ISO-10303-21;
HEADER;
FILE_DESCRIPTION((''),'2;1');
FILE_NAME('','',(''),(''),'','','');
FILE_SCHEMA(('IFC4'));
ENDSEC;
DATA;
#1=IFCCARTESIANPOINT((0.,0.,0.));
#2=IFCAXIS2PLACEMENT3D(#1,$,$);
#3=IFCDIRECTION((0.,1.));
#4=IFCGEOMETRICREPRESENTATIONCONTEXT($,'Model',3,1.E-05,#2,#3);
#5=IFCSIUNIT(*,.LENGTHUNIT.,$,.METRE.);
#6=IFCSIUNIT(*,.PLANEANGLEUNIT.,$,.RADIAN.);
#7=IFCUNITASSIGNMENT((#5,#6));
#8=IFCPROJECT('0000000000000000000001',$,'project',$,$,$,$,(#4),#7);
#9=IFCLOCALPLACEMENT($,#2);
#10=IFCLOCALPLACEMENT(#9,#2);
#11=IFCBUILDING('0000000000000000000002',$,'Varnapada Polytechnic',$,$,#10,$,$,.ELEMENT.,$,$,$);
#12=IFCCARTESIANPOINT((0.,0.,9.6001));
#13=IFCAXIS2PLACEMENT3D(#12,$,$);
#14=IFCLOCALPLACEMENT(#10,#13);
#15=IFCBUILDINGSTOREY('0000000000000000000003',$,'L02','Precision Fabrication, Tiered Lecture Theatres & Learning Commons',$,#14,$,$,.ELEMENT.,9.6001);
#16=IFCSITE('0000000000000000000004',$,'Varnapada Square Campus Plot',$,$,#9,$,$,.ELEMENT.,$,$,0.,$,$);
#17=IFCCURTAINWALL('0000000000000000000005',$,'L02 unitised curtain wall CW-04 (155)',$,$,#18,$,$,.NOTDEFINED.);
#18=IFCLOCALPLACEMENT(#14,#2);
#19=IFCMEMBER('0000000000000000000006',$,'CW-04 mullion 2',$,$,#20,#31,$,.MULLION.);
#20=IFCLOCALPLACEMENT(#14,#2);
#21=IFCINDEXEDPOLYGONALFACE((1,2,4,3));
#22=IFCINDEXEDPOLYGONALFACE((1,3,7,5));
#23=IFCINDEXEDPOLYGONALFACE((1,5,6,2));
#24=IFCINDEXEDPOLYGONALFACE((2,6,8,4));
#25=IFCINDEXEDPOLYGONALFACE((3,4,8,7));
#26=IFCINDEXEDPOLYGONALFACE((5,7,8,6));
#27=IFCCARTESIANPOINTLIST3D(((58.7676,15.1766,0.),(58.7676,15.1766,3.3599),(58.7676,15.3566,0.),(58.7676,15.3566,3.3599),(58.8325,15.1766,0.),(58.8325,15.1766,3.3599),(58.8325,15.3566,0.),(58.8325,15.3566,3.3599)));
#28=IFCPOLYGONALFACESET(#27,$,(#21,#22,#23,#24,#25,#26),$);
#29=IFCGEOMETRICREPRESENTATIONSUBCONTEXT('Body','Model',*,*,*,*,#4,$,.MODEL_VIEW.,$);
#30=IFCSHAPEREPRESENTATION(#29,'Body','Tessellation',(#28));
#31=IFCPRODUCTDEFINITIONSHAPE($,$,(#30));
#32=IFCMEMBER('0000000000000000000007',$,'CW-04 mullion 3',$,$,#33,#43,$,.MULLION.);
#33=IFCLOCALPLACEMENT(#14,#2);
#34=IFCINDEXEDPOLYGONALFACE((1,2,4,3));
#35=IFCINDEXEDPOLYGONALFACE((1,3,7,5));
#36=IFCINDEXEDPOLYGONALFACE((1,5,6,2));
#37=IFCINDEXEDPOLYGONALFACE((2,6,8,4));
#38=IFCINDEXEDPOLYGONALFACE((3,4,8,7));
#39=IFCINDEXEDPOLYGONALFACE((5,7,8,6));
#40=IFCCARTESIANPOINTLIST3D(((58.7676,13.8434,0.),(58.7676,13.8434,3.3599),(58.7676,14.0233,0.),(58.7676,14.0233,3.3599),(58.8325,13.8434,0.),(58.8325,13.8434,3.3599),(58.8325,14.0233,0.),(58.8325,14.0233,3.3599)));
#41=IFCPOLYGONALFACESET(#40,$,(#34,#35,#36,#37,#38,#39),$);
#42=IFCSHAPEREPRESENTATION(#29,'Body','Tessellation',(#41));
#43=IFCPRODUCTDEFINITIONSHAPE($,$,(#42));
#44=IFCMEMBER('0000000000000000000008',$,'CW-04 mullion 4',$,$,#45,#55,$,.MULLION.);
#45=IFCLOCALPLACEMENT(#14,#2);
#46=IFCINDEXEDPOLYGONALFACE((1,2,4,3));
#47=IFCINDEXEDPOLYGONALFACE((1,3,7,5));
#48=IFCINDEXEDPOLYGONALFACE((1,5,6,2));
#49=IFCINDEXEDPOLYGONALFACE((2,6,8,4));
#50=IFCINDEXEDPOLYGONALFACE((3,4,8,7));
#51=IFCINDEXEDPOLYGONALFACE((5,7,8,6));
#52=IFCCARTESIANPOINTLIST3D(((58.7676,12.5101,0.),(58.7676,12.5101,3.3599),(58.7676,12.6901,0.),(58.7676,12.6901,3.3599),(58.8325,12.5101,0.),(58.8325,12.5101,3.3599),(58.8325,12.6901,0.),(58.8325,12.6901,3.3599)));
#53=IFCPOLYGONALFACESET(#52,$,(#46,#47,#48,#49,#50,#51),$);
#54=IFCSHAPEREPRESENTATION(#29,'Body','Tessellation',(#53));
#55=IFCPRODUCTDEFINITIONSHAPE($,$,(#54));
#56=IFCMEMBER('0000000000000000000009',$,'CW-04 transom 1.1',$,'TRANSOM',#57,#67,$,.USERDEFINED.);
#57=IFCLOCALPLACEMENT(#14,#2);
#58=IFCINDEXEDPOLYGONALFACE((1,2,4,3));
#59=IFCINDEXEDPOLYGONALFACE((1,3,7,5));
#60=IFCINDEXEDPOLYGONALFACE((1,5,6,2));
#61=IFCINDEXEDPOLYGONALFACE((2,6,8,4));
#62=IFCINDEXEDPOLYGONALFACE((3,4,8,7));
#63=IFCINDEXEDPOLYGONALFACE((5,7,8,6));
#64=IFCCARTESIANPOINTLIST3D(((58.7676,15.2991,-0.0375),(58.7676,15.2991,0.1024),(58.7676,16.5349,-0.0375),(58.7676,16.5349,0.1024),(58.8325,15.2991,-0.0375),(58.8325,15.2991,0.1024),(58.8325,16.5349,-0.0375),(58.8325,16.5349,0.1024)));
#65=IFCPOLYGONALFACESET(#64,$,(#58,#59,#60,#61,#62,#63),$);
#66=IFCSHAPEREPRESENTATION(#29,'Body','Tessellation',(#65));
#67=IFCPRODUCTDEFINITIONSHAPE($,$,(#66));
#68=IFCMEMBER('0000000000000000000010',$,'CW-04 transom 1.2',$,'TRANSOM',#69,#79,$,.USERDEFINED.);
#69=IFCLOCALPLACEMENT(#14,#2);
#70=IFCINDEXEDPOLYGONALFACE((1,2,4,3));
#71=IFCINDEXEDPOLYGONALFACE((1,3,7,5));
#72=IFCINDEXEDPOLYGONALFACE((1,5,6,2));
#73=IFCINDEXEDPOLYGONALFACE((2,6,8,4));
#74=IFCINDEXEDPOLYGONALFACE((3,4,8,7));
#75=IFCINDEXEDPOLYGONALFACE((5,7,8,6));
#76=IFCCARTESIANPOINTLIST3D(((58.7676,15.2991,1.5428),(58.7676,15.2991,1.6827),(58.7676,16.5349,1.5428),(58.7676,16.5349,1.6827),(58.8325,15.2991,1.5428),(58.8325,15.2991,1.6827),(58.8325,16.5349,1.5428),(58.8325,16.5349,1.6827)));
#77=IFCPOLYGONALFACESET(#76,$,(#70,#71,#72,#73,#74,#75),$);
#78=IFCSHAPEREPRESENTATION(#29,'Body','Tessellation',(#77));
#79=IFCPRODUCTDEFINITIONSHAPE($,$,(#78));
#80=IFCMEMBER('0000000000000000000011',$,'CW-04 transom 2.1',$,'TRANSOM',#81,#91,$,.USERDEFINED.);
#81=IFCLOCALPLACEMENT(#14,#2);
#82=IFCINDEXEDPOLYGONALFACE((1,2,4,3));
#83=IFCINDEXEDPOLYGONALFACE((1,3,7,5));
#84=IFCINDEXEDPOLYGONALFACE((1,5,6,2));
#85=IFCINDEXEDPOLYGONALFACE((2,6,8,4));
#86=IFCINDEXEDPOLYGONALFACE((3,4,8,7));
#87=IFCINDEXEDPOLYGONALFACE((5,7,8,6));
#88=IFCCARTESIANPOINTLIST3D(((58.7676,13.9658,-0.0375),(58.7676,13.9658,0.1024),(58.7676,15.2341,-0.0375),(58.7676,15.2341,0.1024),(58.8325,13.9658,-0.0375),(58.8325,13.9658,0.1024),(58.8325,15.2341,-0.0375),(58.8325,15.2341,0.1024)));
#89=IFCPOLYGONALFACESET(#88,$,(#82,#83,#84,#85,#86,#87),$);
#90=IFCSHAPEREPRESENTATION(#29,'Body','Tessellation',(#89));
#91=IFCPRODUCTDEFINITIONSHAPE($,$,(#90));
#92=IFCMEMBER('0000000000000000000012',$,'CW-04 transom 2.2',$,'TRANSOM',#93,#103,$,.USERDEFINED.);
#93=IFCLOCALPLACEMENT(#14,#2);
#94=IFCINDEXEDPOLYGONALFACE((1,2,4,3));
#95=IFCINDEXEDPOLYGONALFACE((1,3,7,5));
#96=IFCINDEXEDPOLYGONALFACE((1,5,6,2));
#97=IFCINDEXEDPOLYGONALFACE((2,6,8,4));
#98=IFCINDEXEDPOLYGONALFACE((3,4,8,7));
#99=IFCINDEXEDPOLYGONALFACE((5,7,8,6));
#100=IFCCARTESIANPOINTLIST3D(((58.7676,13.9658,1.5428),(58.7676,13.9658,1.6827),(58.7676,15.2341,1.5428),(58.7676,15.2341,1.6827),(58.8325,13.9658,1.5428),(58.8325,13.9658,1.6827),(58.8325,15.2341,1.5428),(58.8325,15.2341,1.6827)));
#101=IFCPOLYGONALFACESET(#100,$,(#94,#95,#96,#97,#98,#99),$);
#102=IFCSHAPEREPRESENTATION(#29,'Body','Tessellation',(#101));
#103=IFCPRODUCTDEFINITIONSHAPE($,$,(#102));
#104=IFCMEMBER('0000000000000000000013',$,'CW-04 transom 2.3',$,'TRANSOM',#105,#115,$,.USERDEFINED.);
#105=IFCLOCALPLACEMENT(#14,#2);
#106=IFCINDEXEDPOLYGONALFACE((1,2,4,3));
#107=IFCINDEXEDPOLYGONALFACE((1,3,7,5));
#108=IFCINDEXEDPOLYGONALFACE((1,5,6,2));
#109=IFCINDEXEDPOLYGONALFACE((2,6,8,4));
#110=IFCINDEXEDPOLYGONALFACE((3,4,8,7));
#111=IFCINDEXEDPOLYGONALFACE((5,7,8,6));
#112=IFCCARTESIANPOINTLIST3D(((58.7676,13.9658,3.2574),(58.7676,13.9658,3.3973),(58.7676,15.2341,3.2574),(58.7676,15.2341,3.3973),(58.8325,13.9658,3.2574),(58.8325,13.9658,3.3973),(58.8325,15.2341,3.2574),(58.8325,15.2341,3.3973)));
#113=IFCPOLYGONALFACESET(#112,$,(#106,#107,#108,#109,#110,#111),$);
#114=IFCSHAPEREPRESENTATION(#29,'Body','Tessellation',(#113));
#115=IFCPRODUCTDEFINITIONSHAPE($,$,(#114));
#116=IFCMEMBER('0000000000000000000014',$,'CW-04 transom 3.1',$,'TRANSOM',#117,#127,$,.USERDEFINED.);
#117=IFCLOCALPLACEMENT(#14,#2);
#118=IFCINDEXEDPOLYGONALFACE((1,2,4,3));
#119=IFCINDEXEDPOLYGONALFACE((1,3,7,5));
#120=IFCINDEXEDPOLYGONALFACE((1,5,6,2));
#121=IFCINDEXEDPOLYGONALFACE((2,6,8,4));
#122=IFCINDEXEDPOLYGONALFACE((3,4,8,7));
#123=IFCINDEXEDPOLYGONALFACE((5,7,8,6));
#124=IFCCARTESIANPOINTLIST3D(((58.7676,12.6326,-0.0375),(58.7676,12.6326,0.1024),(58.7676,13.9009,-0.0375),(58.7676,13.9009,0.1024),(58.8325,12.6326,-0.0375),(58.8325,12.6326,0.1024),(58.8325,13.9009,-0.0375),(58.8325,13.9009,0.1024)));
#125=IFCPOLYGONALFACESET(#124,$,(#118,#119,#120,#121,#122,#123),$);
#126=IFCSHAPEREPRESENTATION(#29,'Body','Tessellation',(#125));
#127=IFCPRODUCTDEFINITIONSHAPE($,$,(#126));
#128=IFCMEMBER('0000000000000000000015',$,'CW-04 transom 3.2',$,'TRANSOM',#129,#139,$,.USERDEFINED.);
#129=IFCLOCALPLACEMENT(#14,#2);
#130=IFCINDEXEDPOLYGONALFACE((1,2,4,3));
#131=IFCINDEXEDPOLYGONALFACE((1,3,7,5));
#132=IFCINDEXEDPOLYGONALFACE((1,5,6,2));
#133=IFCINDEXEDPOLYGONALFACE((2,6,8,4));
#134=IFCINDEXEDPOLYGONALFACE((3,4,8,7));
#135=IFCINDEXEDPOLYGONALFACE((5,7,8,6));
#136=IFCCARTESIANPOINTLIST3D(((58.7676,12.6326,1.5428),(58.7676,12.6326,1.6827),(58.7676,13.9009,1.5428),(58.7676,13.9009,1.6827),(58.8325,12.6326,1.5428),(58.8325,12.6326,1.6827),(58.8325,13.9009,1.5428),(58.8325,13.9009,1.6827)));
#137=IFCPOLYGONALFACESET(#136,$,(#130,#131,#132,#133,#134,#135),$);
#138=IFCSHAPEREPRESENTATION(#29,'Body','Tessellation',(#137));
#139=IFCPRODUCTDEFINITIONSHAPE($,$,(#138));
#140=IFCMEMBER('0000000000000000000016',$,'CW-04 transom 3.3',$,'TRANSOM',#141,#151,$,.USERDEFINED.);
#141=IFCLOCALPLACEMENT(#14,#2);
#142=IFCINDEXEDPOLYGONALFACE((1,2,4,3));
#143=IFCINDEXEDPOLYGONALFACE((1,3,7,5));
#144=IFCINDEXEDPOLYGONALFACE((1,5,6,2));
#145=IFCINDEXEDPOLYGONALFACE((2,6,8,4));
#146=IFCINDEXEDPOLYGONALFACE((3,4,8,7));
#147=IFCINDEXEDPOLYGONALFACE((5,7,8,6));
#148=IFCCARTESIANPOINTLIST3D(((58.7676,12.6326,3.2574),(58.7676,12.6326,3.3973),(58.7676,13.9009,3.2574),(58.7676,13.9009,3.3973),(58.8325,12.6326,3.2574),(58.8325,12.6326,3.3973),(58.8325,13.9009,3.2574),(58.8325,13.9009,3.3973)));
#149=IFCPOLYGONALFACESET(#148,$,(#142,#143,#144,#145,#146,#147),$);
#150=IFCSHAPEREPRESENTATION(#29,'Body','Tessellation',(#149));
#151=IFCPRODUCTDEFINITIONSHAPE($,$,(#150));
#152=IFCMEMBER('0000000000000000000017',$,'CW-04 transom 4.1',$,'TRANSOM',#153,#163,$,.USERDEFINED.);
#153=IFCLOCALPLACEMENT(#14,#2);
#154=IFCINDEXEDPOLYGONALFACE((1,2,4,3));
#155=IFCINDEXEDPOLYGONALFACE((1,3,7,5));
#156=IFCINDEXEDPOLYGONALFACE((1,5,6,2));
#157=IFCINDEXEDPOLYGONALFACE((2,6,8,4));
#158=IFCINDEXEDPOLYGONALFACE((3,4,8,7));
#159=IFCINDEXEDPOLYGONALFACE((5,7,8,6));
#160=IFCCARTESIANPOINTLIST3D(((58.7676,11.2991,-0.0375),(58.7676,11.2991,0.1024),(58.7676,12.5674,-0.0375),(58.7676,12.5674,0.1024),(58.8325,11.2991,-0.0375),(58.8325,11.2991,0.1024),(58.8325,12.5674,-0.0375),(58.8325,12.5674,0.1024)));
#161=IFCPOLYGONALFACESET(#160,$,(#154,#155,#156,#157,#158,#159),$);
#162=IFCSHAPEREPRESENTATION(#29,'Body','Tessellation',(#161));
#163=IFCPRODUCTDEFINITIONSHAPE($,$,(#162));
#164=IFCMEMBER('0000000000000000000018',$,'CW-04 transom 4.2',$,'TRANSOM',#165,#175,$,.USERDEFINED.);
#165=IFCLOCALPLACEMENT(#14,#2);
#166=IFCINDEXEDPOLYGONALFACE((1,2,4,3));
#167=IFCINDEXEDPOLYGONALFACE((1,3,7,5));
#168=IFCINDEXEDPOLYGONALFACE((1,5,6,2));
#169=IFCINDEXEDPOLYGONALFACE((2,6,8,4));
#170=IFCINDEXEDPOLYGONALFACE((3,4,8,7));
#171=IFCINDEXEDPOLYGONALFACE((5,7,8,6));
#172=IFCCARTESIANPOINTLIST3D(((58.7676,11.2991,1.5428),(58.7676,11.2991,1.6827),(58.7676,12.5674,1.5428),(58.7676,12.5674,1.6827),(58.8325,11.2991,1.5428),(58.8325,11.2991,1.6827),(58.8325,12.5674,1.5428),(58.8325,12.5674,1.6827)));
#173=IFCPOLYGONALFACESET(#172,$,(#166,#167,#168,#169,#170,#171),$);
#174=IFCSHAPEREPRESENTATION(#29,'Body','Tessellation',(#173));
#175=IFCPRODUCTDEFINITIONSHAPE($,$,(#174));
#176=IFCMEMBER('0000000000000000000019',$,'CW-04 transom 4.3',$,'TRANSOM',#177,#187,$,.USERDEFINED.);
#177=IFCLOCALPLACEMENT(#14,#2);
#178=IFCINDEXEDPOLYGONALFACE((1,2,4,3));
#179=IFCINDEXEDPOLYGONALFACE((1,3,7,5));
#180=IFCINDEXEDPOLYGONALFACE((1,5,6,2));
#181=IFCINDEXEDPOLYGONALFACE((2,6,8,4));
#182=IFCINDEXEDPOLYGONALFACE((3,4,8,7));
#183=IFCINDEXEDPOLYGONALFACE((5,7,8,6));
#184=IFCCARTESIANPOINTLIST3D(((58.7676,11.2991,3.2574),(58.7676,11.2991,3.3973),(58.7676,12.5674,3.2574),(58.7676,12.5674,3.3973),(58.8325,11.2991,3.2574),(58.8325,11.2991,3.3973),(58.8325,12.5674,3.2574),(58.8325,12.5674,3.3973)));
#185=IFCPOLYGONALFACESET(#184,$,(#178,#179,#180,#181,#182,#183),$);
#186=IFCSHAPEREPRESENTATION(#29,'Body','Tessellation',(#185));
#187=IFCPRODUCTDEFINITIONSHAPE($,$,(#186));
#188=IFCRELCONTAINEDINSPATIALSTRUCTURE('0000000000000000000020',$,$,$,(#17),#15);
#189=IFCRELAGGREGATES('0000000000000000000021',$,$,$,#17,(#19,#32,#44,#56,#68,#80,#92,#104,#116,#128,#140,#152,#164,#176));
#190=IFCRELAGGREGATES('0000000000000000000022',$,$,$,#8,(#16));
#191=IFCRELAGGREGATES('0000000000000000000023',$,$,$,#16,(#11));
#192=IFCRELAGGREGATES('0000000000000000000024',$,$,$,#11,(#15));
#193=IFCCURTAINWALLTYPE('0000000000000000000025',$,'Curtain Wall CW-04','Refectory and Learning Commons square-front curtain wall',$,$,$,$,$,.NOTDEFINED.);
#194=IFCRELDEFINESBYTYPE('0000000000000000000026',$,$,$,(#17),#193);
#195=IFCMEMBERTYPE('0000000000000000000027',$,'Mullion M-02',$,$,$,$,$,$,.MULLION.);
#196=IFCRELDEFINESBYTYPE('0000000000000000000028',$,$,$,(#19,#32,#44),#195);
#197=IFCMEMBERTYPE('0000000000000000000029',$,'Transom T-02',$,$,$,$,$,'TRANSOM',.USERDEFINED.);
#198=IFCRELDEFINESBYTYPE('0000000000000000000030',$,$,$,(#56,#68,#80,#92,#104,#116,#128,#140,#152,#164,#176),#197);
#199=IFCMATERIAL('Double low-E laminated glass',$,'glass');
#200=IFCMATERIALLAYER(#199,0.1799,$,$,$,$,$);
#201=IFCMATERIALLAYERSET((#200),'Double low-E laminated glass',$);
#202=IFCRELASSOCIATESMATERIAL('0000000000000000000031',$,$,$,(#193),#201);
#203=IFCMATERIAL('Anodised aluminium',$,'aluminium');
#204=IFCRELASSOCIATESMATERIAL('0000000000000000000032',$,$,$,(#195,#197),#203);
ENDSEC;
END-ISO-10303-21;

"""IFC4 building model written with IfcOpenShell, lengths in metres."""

from ifc_helpers import new_model, si_unit, direction, frame, origin, origin_2d, place, context, subcontext, project, spatial, rectangle, extrude, material, layer, layer_set, material_profile, profile_set, type_object, element, aggregate, save


model = new_model("IFC4")

# Units and contexts
model_context = context("Model", 3, precision=1e-05, world=origin(), true_north=direction((0.0, 1.0)))
body_context = subcontext(model_context, "Body", "Model", "MODEL_VIEW")
ifc_project = project(units=[si_unit("LENGTHUNIT", "METRE"), si_unit("PLANEANGLEUNIT", "RADIAN")], contexts=[model_context])

# Site, building, storey
site_placement = place(None, origin())
site = spatial("IfcSite", under=ifc_project, at=site_placement, Name="Varnapada Square Campus Plot", CompositionType="ELEMENT", RefElevation=0.0)
building_placement = place(site_placement, origin())
building = spatial("IfcBuilding", under=site, at=building_placement, Name="Varnapada Polytechnic", CompositionType="ELEMENT")
storey_placement = place(building_placement, frame((0.0, 0.0, 9.6001)))
storey = spatial("IfcBuildingStorey", under=building, at=storey_placement, Name="L02", Description="Precision Fabrication, Tiered Lecture Theatres & Learning Commons", CompositionType="ELEMENT", Elevation=9.6001)

# Curtain wall, members
ifc_material_1 = material(Name="Double low-E laminated glass", Category="glass")
ifc_layer_1 = layer(ifc_material_1, 0.1799)
ifc_layer_set_1 = layer_set([ifc_layer_1], Name="Double low-E laminated glass")
curtain_wall_type = type_object("IfcCurtainWallType", Name="Curtain Wall CW-04", Description="Refectory and Learning Commons square-front curtain wall", PredefinedType="NOTDEFINED", material=ifc_layer_set_1)
curtain_wall_placement = place(storey_placement, origin())
curtain_wall = element("IfcCurtainWall", 1, at=curtain_wall_placement, inside=storey, type_object=curtain_wall_type, Name="L02 unitised curtain wall CW-04 (155)", PredefinedType="NOTDEFINED")
ifc_material_2 = material(Name="Anodised aluminium", Category="aluminium")
ifc_material_profile_1 = material_profile(ifc_material_2, rectangle(XDim=0.0649, YDim=0.1799, at=origin_2d()), Name="ALU M65x180")
ifc_profile_set_1 = profile_set([ifc_material_profile_1], Name="Anodised aluminium")
member_type_1 = type_object("IfcMemberType", Name="Mullion M-02", PredefinedType="MULLION", material=ifc_profile_set_1)
member_1_placement = place(storey_placement, frame((58.8, 15.2666, 0.0), z_axis=(0.0, 0.0, 1.0), x_axis=(1.0, 0.0, 0.0)))
member_1 = element("IfcMember", 2, at=member_1_placement, type_object=member_type_1, Name="CW-04 mullion 2", PredefinedType="MULLION", context=body_context, shape_type="SweptSolid", body=[
    extrude(rectangle(XDim=0.0649, YDim=0.1799, at=origin_2d()), origin(), (0.0, 0.0, 1.0), 3.3599),
])
member_2_placement = place(storey_placement, frame((58.8, 13.9333, 0.0), z_axis=(0.0, 0.0, 1.0), x_axis=(1.0, 0.0, 0.0)))
member_2 = element("IfcMember", 3, at=member_2_placement, type_object=member_type_1, Name="CW-04 mullion 3", PredefinedType="MULLION", context=body_context, shape_type="SweptSolid", body=[
    extrude(rectangle(XDim=0.0649, YDim=0.1799, at=origin_2d()), origin(), (0.0, 0.0, 1.0), 3.3599),
])
member_3_placement = place(storey_placement, frame((58.8, 12.6001, 0.0), z_axis=(0.0, 0.0, 1.0), x_axis=(1.0, 0.0, 0.0)))
member_3 = element("IfcMember", 4, at=member_3_placement, type_object=member_type_1, Name="CW-04 mullion 4", PredefinedType="MULLION", context=body_context, shape_type="SweptSolid", body=[
    extrude(rectangle(XDim=0.0649, YDim=0.1799, at=origin_2d()), origin(), (0.0, 0.0, 1.0), 3.3599),
])
ifc_material_profile_2 = material_profile(ifc_material_2, rectangle(XDim=0.0649, YDim=0.1399, at=origin_2d()), Name="ALU T65x140")
ifc_profile_set_2 = profile_set([ifc_material_profile_2], Name="Anodised aluminium")
member_type_2 = type_object("IfcMemberType", Name="Transom T-02", ElementType="TRANSOM", PredefinedType="USERDEFINED", material=ifc_profile_set_2)
member_4_placement = place(storey_placement, frame((58.8, 16.5349, 0.0325), z_axis=(0.0, -1.0, 0.0), x_axis=(1.0, 0.0, 0.0)))
member_4 = element("IfcMember", 5, at=member_4_placement, type_object=member_type_2, Name="CW-04 transom 1.1", ObjectType="TRANSOM", PredefinedType="USERDEFINED", context=body_context, shape_type="SweptSolid", body=[
    extrude(rectangle(XDim=0.0649, YDim=0.1399, at=origin_2d()), origin(), (0.0, 0.0, 1.0), 1.2358),
])
member_5_placement = place(storey_placement, frame((58.8, 16.5349, 1.6128), z_axis=(0.0, -1.0, 0.0), x_axis=(1.0, 0.0, 0.0)))
member_5 = element("IfcMember", 6, at=member_5_placement, type_object=member_type_2, Name="CW-04 transom 1.2", ObjectType="TRANSOM", PredefinedType="USERDEFINED", context=body_context, shape_type="SweptSolid", body=[
    extrude(rectangle(XDim=0.0649, YDim=0.1399, at=origin_2d()), origin(), (0.0, 0.0, 1.0), 1.2358),
])
member_6_placement = place(storey_placement, frame((58.8, 15.2341, 0.0325), z_axis=(0.0, -1.0, 0.0), x_axis=(1.0, 0.0, 0.0)))
member_6 = element("IfcMember", 7, at=member_6_placement, type_object=member_type_2, Name="CW-04 transom 2.1", ObjectType="TRANSOM", PredefinedType="USERDEFINED", context=body_context, shape_type="SweptSolid", body=[
    extrude(rectangle(XDim=0.0649, YDim=0.1399, at=origin_2d()), origin(), (0.0, 0.0, 1.0), 1.2683),
])
member_7_placement = place(storey_placement, frame((58.8, 15.2341, 1.6128), z_axis=(0.0, -1.0, 0.0), x_axis=(1.0, 0.0, 0.0)))
member_7 = element("IfcMember", 8, at=member_7_placement, type_object=member_type_2, Name="CW-04 transom 2.2", ObjectType="TRANSOM", PredefinedType="USERDEFINED", context=body_context, shape_type="SweptSolid", body=[
    extrude(rectangle(XDim=0.0649, YDim=0.1399, at=origin_2d()), origin(), (0.0, 0.0, 1.0), 1.2683),
])
member_8_placement = place(storey_placement, frame((58.8, 15.2341, 3.3274), z_axis=(0.0, -1.0, 0.0), x_axis=(1.0, 0.0, 0.0)))
member_8 = element("IfcMember", 9, at=member_8_placement, type_object=member_type_2, Name="CW-04 transom 2.3", ObjectType="TRANSOM", PredefinedType="USERDEFINED", context=body_context, shape_type="SweptSolid", body=[
    extrude(rectangle(XDim=0.0649, YDim=0.1399, at=origin_2d()), origin(), (0.0, 0.0, 1.0), 1.2683),
])
member_9_placement = place(storey_placement, frame((58.8, 13.9009, 0.0325), z_axis=(0.0, -1.0, 0.0), x_axis=(1.0, 0.0, 0.0)))
member_9 = element("IfcMember", 10, at=member_9_placement, type_object=member_type_2, Name="CW-04 transom 3.1", ObjectType="TRANSOM", PredefinedType="USERDEFINED", context=body_context, shape_type="SweptSolid", body=[
    extrude(rectangle(XDim=0.0649, YDim=0.1399, at=origin_2d()), origin(), (0.0, 0.0, 1.0), 1.2683),
])
member_10_placement = place(storey_placement, frame((58.8, 13.9009, 1.6128), z_axis=(0.0, -1.0, 0.0), x_axis=(1.0, 0.0, 0.0)))
member_10 = element("IfcMember", 11, at=member_10_placement, type_object=member_type_2, Name="CW-04 transom 3.2", ObjectType="TRANSOM", PredefinedType="USERDEFINED", context=body_context, shape_type="SweptSolid", body=[
    extrude(rectangle(XDim=0.0649, YDim=0.1399, at=origin_2d()), origin(), (0.0, 0.0, 1.0), 1.2683),
])
member_11_placement = place(storey_placement, frame((58.8, 13.9009, 3.3274), z_axis=(0.0, -1.0, 0.0), x_axis=(1.0, 0.0, 0.0)))
member_11 = element("IfcMember", 12, at=member_11_placement, type_object=member_type_2, Name="CW-04 transom 3.3", ObjectType="TRANSOM", PredefinedType="USERDEFINED", context=body_context, shape_type="SweptSolid", body=[
    extrude(rectangle(XDim=0.0649, YDim=0.1399, at=origin_2d()), origin(), (0.0, 0.0, 1.0), 1.2683),
])
member_12_placement = place(storey_placement, frame((58.8, 12.5674, 0.0325), z_axis=(0.0, -1.0, 0.0), x_axis=(1.0, 0.0, 0.0)))
member_12 = element("IfcMember", 13, at=member_12_placement, type_object=member_type_2, Name="CW-04 transom 4.1", ObjectType="TRANSOM", PredefinedType="USERDEFINED", context=body_context, shape_type="SweptSolid", body=[
    extrude(rectangle(XDim=0.0649, YDim=0.1399, at=origin_2d()), origin(), (0.0, 0.0, 1.0), 1.2683),
])
member_13_placement = place(storey_placement, frame((58.8, 12.5674, 1.6128), z_axis=(0.0, -1.0, 0.0), x_axis=(1.0, 0.0, 0.0)))
member_13 = element("IfcMember", 14, at=member_13_placement, type_object=member_type_2, Name="CW-04 transom 4.2", ObjectType="TRANSOM", PredefinedType="USERDEFINED", context=body_context, shape_type="SweptSolid", body=[
    extrude(rectangle(XDim=0.0649, YDim=0.1399, at=origin_2d()), origin(), (0.0, 0.0, 1.0), 1.2683),
])
member_14_placement = place(storey_placement, frame((58.8, 12.5674, 3.3274), z_axis=(0.0, -1.0, 0.0), x_axis=(1.0, 0.0, 0.0)))
member_14 = element("IfcMember", 15, at=member_14_placement, type_object=member_type_2, Name="CW-04 transom 4.3", ObjectType="TRANSOM", PredefinedType="USERDEFINED", context=body_context, shape_type="SweptSolid", body=[
    extrude(rectangle(XDim=0.0649, YDim=0.1399, at=origin_2d()), origin(), (0.0, 0.0, 1.0), 1.2683),
])
aggregate(curtain_wall, [member_1, member_2, member_3, member_4, member_5, member_6, member_7, member_8, member_9, member_10, member_11, member_12, member_13, member_14])

save(model, "model.ifc")
